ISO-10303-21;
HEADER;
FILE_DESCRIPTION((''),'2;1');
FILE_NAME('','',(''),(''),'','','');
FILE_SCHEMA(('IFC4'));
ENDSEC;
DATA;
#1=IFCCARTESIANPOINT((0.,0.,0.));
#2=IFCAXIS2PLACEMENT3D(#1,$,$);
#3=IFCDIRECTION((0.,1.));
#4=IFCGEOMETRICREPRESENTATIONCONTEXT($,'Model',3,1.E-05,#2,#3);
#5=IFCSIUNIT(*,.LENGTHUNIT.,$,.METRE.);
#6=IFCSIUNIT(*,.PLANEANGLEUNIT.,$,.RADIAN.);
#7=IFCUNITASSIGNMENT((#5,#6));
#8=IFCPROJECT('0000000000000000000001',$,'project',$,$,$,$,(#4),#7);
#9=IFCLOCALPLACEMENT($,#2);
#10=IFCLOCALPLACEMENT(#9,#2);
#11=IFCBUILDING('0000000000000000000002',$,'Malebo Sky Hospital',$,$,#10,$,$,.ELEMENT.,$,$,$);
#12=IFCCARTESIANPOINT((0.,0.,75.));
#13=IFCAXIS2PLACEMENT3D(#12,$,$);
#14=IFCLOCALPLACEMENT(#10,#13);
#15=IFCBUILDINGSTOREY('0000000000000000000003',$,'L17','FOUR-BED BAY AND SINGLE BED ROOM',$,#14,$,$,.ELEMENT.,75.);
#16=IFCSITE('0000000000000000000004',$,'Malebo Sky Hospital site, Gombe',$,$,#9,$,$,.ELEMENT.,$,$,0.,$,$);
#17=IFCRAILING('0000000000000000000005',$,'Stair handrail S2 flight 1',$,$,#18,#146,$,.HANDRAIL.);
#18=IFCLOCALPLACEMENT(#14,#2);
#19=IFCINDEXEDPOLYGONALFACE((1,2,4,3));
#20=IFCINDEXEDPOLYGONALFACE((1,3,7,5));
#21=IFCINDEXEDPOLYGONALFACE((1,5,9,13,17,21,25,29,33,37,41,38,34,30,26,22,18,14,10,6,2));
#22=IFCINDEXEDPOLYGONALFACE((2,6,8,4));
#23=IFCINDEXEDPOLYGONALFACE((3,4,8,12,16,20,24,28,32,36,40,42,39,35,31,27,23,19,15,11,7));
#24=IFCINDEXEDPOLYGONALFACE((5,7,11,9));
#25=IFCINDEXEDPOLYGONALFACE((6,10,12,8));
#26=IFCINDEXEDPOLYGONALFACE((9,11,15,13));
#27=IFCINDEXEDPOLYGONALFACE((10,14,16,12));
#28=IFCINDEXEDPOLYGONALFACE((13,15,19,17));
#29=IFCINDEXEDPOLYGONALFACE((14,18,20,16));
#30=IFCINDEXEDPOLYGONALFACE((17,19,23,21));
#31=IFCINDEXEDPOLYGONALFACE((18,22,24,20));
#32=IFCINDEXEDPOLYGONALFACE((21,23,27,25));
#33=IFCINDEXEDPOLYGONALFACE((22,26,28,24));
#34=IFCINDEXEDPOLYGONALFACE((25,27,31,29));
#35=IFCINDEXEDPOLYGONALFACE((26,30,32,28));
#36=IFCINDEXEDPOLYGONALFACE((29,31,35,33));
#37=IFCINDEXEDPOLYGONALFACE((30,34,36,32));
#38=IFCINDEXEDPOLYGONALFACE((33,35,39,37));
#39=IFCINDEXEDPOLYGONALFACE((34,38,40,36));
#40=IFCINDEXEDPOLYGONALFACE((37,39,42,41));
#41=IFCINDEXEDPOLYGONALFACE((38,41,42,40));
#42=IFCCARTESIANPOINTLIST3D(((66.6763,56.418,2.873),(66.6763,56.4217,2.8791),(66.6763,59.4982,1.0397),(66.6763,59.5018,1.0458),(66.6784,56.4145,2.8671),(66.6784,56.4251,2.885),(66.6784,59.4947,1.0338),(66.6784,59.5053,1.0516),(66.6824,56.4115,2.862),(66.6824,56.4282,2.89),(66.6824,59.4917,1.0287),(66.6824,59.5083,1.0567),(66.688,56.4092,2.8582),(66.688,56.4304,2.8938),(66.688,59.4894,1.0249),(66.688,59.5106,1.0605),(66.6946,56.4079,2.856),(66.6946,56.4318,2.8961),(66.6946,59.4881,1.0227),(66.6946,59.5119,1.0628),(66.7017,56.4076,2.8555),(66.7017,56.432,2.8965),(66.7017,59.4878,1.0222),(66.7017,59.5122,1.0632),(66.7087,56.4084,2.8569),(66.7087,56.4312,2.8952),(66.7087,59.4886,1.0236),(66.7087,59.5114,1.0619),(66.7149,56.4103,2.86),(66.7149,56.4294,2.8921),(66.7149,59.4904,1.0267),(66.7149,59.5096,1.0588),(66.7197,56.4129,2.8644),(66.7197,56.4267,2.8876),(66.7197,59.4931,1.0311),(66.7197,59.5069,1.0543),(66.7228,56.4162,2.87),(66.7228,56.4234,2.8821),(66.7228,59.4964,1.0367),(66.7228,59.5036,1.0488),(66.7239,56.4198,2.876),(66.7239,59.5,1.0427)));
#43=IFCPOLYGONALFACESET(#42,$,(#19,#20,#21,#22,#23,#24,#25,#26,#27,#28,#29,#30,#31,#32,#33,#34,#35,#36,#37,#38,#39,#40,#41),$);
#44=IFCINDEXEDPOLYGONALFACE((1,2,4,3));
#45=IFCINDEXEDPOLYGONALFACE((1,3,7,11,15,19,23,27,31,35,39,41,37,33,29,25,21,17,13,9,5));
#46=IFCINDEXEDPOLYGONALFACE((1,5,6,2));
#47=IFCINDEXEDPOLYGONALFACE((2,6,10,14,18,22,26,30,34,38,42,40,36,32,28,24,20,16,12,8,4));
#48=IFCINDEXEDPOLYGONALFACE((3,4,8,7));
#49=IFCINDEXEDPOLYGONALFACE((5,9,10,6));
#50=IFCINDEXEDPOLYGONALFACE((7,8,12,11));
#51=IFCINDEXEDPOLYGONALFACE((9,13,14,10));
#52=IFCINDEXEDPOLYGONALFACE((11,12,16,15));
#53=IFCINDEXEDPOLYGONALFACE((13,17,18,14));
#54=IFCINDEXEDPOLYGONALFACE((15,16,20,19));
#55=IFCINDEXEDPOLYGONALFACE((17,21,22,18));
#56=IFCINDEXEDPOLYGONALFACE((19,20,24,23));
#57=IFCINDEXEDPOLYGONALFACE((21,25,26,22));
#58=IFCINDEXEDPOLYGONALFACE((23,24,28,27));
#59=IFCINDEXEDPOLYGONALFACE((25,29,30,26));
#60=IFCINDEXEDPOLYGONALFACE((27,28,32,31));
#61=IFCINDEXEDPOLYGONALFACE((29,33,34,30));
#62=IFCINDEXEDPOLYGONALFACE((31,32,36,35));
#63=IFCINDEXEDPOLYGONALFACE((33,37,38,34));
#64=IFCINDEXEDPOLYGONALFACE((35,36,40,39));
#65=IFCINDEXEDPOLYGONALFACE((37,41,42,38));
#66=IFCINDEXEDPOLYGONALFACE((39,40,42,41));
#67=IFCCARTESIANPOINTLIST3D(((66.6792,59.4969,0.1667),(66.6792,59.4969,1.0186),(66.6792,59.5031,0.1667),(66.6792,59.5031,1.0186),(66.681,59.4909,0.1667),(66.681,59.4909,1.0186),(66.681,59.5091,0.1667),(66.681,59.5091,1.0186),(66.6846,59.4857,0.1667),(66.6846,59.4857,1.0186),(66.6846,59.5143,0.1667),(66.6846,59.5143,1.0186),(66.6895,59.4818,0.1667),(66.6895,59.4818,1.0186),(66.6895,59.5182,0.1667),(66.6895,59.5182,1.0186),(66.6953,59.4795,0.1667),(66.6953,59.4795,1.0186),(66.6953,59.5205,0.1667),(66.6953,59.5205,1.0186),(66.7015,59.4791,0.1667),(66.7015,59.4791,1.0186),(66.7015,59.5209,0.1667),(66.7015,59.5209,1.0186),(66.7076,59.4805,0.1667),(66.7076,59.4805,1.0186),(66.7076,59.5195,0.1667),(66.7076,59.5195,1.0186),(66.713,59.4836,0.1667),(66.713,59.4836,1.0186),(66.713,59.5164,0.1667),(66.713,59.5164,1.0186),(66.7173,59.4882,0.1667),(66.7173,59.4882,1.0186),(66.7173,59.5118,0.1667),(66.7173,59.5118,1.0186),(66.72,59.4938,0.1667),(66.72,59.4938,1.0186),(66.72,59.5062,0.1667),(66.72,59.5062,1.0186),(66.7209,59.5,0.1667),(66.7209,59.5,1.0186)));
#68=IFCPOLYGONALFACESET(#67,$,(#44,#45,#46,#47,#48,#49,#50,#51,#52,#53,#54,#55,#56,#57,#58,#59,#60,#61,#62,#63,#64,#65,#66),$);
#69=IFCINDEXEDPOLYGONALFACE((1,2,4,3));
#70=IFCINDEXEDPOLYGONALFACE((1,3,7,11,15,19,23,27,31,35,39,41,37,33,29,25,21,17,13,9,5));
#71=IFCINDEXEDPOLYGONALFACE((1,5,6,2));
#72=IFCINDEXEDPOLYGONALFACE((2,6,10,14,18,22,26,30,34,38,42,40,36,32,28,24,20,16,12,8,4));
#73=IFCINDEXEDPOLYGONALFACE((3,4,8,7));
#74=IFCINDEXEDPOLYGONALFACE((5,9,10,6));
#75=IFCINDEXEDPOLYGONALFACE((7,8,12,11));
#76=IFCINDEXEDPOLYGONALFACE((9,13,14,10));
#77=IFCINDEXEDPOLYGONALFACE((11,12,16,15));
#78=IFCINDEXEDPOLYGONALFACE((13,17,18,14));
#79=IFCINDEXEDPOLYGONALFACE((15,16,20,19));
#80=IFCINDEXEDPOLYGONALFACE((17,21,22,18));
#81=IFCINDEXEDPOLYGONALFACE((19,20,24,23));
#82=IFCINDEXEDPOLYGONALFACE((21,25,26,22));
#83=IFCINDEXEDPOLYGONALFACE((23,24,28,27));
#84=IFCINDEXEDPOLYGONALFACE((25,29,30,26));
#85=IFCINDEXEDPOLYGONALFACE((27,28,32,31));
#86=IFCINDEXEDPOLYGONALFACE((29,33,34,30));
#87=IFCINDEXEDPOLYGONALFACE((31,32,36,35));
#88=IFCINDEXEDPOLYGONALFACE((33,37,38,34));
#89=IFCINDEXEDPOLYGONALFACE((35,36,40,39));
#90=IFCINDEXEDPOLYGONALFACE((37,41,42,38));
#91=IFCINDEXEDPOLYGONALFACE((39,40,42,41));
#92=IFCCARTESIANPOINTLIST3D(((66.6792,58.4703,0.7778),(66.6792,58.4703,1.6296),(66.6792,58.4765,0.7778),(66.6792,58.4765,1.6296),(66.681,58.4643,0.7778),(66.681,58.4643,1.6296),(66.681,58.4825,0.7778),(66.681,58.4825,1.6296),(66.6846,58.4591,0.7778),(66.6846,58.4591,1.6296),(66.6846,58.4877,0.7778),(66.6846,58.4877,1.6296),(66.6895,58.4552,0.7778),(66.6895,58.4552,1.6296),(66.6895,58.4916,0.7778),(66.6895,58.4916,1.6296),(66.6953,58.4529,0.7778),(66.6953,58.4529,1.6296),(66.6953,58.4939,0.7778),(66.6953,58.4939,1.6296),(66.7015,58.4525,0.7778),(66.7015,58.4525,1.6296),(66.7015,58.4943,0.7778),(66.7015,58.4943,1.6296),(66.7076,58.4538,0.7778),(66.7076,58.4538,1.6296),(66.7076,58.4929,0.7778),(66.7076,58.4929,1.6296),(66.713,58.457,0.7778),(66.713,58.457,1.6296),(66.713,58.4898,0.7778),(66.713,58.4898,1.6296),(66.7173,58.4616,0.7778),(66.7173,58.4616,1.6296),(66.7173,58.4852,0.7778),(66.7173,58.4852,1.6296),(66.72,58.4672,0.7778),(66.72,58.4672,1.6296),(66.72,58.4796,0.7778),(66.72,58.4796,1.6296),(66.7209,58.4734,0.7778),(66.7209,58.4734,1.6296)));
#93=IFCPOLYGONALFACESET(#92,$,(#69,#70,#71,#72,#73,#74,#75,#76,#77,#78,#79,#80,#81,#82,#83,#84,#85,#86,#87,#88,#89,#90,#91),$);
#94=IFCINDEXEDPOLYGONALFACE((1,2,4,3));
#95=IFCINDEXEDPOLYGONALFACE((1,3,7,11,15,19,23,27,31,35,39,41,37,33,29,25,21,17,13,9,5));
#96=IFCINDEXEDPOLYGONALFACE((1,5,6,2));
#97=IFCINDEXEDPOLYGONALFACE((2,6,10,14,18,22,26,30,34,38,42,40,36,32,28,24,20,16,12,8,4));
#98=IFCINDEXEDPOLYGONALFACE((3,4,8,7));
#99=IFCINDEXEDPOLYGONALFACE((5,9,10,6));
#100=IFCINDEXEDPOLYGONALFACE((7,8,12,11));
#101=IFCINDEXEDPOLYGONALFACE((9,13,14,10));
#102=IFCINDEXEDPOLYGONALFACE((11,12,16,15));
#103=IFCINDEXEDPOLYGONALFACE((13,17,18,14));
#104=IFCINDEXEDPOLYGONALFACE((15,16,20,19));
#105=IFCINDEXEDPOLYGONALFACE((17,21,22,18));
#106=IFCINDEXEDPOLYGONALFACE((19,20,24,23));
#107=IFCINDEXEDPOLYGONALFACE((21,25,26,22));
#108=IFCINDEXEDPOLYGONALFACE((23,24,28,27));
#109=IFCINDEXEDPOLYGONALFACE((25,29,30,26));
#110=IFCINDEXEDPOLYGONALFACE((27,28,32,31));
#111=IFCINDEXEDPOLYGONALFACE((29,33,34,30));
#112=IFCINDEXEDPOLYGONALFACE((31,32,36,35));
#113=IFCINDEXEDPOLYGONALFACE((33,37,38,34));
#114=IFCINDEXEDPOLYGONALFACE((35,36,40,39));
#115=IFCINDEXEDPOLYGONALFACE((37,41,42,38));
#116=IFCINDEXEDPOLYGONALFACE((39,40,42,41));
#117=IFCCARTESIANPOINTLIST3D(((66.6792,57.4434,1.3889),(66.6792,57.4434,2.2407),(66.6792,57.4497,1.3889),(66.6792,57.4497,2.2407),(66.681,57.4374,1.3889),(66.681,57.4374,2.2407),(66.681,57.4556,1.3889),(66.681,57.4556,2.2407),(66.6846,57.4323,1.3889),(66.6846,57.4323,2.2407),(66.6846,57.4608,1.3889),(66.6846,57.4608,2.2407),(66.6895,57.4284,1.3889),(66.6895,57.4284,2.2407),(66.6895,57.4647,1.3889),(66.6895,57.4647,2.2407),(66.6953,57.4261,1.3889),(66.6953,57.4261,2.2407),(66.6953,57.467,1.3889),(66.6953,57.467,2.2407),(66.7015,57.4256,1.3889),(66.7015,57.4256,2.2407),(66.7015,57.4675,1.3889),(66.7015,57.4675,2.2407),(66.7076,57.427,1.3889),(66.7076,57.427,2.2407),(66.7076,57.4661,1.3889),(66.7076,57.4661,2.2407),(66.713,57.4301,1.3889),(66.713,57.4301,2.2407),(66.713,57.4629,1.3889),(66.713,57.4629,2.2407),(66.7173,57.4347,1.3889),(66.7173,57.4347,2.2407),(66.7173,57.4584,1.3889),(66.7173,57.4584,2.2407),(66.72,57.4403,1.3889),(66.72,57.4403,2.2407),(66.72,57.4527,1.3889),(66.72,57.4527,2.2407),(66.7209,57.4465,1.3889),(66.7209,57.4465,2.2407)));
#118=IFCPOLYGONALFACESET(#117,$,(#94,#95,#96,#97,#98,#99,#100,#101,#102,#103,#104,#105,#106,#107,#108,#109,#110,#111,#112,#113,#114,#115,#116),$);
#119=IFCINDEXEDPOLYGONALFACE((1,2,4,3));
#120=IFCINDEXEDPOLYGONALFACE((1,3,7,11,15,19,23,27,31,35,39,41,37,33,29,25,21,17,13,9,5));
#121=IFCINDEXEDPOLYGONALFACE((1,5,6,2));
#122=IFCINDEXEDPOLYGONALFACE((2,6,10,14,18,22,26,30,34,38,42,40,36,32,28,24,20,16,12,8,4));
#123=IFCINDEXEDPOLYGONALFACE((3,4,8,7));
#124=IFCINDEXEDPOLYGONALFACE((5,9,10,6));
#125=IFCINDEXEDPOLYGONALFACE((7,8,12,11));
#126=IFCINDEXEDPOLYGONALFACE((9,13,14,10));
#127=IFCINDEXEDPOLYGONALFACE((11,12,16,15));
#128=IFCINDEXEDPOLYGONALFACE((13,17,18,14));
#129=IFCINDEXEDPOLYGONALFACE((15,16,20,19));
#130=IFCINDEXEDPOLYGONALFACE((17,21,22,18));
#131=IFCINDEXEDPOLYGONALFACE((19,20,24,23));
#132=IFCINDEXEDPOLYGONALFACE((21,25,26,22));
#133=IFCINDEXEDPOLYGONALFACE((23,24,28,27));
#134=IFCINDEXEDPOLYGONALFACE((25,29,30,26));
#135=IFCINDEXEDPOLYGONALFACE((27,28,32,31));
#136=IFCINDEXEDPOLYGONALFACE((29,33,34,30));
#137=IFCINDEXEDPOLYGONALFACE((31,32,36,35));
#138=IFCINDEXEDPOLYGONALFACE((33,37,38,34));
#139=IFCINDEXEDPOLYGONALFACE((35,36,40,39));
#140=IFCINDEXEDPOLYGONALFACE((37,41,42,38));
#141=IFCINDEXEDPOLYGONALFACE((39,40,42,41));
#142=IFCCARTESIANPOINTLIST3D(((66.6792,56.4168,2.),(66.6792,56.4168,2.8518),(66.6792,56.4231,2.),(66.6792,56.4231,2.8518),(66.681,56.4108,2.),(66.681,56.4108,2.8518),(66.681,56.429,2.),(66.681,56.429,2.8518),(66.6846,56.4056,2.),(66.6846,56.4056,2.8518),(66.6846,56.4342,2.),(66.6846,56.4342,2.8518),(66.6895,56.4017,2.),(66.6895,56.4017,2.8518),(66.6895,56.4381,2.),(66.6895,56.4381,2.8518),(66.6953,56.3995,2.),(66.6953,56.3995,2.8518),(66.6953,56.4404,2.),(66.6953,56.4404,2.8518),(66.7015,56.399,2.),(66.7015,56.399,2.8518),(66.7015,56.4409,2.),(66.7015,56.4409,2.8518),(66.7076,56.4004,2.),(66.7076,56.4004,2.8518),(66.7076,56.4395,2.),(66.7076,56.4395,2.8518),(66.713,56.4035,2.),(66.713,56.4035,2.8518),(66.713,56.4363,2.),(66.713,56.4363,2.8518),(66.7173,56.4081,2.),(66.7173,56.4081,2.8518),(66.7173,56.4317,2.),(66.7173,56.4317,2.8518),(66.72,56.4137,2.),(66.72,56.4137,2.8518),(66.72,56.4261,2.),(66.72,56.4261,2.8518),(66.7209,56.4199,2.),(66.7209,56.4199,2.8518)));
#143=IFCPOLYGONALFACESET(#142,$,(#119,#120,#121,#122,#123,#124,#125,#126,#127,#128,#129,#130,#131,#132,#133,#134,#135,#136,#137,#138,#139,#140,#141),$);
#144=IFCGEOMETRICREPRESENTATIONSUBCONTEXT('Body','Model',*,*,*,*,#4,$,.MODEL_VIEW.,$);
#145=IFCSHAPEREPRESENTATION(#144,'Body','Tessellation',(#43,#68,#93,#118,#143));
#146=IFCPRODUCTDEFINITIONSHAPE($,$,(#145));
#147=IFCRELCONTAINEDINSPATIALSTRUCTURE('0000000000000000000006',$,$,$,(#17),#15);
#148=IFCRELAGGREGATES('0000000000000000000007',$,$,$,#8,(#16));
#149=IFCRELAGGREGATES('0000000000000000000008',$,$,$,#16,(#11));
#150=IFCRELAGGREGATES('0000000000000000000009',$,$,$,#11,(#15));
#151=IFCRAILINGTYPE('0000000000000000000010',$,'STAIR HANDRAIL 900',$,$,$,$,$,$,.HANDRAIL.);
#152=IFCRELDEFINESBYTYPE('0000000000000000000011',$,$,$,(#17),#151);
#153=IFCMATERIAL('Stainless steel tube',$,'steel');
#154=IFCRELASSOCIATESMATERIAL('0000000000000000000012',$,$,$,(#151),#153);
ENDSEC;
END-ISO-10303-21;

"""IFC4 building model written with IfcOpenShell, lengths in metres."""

from ifc_helpers import new_model, si_unit, direction, frame, origin, origin_2d, place, context, subcontext, project, spatial, circle, extrude, material, type_object, element, save


model = new_model("IFC4")

# Units and contexts
model_context = context("Model", 3, precision=1e-05, world=origin(), true_north=direction((0.0, 1.0)))
body_context = subcontext(model_context, "Body", "Model", "MODEL_VIEW")
ifc_project = project(units=[si_unit("LENGTHUNIT", "METRE"), si_unit("PLANEANGLEUNIT", "RADIAN")], contexts=[model_context])

# Site, building, storey
site_placement = place(None, origin())
site = spatial("IfcSite", under=ifc_project, at=site_placement, Name="Malebo Sky Hospital site, Gombe", CompositionType="ELEMENT", RefElevation=0.0)
building_placement = place(site_placement, origin())
building = spatial("IfcBuilding", under=site, at=building_placement, Name="Malebo Sky Hospital", CompositionType="ELEMENT")
storey_placement = place(building_placement, frame((0.0, 0.0, 75.0)))
storey = spatial("IfcBuildingStorey", under=building, at=storey_placement, Name="L17", Description="FOUR-BED BAY AND SINGLE BED ROOM", CompositionType="ELEMENT", Elevation=75.0)

# Railing
ifc_material_1 = material(Name="Stainless steel tube", Category="steel")
railing_type = type_object("IfcRailingType", Name="STAIR HANDRAIL 900", PredefinedType="HANDRAIL", material=ifc_material_1)
railing_1_placement = place(storey_placement, frame((66.7, 59.5, 0.1667)))
element("IfcRailing", 1, at=railing_1_placement, inside=storey, type_object=railing_type, Name="Stair handrail S2 flight 1", PredefinedType="HANDRAIL", context=body_context, shape_type="SweptSolid", body=[
    extrude(circle(Radius=0.0239, at=origin_2d()), frame((0.0, 0.0, 0.876), z_axis=(0.0, -0.859309, 0.511458), x_axis=(1.0, 0.0, 0.0)), (0.0, 0.0, 1.0), 3.5845),
    extrude(circle(Radius=0.021, at=origin_2d()), origin(), (0.0, 0.0, 1.0), 0.8518),
    extrude(circle(Radius=0.021, at=origin_2d()), frame((0.0, -1.0266, 0.6111)), (0.0, 0.0, 1.0), 0.8518),
    extrude(circle(Radius=0.021, at=origin_2d()), frame((0.0, -2.0535, 1.2222)), (0.0, 0.0, 1.0), 0.8518),
    extrude(circle(Radius=0.021, at=origin_2d()), frame((0.0, -3.0801, 1.8333)), (0.0, 0.0, 1.0), 0.8518),
])

save(model, "model.ifc")
